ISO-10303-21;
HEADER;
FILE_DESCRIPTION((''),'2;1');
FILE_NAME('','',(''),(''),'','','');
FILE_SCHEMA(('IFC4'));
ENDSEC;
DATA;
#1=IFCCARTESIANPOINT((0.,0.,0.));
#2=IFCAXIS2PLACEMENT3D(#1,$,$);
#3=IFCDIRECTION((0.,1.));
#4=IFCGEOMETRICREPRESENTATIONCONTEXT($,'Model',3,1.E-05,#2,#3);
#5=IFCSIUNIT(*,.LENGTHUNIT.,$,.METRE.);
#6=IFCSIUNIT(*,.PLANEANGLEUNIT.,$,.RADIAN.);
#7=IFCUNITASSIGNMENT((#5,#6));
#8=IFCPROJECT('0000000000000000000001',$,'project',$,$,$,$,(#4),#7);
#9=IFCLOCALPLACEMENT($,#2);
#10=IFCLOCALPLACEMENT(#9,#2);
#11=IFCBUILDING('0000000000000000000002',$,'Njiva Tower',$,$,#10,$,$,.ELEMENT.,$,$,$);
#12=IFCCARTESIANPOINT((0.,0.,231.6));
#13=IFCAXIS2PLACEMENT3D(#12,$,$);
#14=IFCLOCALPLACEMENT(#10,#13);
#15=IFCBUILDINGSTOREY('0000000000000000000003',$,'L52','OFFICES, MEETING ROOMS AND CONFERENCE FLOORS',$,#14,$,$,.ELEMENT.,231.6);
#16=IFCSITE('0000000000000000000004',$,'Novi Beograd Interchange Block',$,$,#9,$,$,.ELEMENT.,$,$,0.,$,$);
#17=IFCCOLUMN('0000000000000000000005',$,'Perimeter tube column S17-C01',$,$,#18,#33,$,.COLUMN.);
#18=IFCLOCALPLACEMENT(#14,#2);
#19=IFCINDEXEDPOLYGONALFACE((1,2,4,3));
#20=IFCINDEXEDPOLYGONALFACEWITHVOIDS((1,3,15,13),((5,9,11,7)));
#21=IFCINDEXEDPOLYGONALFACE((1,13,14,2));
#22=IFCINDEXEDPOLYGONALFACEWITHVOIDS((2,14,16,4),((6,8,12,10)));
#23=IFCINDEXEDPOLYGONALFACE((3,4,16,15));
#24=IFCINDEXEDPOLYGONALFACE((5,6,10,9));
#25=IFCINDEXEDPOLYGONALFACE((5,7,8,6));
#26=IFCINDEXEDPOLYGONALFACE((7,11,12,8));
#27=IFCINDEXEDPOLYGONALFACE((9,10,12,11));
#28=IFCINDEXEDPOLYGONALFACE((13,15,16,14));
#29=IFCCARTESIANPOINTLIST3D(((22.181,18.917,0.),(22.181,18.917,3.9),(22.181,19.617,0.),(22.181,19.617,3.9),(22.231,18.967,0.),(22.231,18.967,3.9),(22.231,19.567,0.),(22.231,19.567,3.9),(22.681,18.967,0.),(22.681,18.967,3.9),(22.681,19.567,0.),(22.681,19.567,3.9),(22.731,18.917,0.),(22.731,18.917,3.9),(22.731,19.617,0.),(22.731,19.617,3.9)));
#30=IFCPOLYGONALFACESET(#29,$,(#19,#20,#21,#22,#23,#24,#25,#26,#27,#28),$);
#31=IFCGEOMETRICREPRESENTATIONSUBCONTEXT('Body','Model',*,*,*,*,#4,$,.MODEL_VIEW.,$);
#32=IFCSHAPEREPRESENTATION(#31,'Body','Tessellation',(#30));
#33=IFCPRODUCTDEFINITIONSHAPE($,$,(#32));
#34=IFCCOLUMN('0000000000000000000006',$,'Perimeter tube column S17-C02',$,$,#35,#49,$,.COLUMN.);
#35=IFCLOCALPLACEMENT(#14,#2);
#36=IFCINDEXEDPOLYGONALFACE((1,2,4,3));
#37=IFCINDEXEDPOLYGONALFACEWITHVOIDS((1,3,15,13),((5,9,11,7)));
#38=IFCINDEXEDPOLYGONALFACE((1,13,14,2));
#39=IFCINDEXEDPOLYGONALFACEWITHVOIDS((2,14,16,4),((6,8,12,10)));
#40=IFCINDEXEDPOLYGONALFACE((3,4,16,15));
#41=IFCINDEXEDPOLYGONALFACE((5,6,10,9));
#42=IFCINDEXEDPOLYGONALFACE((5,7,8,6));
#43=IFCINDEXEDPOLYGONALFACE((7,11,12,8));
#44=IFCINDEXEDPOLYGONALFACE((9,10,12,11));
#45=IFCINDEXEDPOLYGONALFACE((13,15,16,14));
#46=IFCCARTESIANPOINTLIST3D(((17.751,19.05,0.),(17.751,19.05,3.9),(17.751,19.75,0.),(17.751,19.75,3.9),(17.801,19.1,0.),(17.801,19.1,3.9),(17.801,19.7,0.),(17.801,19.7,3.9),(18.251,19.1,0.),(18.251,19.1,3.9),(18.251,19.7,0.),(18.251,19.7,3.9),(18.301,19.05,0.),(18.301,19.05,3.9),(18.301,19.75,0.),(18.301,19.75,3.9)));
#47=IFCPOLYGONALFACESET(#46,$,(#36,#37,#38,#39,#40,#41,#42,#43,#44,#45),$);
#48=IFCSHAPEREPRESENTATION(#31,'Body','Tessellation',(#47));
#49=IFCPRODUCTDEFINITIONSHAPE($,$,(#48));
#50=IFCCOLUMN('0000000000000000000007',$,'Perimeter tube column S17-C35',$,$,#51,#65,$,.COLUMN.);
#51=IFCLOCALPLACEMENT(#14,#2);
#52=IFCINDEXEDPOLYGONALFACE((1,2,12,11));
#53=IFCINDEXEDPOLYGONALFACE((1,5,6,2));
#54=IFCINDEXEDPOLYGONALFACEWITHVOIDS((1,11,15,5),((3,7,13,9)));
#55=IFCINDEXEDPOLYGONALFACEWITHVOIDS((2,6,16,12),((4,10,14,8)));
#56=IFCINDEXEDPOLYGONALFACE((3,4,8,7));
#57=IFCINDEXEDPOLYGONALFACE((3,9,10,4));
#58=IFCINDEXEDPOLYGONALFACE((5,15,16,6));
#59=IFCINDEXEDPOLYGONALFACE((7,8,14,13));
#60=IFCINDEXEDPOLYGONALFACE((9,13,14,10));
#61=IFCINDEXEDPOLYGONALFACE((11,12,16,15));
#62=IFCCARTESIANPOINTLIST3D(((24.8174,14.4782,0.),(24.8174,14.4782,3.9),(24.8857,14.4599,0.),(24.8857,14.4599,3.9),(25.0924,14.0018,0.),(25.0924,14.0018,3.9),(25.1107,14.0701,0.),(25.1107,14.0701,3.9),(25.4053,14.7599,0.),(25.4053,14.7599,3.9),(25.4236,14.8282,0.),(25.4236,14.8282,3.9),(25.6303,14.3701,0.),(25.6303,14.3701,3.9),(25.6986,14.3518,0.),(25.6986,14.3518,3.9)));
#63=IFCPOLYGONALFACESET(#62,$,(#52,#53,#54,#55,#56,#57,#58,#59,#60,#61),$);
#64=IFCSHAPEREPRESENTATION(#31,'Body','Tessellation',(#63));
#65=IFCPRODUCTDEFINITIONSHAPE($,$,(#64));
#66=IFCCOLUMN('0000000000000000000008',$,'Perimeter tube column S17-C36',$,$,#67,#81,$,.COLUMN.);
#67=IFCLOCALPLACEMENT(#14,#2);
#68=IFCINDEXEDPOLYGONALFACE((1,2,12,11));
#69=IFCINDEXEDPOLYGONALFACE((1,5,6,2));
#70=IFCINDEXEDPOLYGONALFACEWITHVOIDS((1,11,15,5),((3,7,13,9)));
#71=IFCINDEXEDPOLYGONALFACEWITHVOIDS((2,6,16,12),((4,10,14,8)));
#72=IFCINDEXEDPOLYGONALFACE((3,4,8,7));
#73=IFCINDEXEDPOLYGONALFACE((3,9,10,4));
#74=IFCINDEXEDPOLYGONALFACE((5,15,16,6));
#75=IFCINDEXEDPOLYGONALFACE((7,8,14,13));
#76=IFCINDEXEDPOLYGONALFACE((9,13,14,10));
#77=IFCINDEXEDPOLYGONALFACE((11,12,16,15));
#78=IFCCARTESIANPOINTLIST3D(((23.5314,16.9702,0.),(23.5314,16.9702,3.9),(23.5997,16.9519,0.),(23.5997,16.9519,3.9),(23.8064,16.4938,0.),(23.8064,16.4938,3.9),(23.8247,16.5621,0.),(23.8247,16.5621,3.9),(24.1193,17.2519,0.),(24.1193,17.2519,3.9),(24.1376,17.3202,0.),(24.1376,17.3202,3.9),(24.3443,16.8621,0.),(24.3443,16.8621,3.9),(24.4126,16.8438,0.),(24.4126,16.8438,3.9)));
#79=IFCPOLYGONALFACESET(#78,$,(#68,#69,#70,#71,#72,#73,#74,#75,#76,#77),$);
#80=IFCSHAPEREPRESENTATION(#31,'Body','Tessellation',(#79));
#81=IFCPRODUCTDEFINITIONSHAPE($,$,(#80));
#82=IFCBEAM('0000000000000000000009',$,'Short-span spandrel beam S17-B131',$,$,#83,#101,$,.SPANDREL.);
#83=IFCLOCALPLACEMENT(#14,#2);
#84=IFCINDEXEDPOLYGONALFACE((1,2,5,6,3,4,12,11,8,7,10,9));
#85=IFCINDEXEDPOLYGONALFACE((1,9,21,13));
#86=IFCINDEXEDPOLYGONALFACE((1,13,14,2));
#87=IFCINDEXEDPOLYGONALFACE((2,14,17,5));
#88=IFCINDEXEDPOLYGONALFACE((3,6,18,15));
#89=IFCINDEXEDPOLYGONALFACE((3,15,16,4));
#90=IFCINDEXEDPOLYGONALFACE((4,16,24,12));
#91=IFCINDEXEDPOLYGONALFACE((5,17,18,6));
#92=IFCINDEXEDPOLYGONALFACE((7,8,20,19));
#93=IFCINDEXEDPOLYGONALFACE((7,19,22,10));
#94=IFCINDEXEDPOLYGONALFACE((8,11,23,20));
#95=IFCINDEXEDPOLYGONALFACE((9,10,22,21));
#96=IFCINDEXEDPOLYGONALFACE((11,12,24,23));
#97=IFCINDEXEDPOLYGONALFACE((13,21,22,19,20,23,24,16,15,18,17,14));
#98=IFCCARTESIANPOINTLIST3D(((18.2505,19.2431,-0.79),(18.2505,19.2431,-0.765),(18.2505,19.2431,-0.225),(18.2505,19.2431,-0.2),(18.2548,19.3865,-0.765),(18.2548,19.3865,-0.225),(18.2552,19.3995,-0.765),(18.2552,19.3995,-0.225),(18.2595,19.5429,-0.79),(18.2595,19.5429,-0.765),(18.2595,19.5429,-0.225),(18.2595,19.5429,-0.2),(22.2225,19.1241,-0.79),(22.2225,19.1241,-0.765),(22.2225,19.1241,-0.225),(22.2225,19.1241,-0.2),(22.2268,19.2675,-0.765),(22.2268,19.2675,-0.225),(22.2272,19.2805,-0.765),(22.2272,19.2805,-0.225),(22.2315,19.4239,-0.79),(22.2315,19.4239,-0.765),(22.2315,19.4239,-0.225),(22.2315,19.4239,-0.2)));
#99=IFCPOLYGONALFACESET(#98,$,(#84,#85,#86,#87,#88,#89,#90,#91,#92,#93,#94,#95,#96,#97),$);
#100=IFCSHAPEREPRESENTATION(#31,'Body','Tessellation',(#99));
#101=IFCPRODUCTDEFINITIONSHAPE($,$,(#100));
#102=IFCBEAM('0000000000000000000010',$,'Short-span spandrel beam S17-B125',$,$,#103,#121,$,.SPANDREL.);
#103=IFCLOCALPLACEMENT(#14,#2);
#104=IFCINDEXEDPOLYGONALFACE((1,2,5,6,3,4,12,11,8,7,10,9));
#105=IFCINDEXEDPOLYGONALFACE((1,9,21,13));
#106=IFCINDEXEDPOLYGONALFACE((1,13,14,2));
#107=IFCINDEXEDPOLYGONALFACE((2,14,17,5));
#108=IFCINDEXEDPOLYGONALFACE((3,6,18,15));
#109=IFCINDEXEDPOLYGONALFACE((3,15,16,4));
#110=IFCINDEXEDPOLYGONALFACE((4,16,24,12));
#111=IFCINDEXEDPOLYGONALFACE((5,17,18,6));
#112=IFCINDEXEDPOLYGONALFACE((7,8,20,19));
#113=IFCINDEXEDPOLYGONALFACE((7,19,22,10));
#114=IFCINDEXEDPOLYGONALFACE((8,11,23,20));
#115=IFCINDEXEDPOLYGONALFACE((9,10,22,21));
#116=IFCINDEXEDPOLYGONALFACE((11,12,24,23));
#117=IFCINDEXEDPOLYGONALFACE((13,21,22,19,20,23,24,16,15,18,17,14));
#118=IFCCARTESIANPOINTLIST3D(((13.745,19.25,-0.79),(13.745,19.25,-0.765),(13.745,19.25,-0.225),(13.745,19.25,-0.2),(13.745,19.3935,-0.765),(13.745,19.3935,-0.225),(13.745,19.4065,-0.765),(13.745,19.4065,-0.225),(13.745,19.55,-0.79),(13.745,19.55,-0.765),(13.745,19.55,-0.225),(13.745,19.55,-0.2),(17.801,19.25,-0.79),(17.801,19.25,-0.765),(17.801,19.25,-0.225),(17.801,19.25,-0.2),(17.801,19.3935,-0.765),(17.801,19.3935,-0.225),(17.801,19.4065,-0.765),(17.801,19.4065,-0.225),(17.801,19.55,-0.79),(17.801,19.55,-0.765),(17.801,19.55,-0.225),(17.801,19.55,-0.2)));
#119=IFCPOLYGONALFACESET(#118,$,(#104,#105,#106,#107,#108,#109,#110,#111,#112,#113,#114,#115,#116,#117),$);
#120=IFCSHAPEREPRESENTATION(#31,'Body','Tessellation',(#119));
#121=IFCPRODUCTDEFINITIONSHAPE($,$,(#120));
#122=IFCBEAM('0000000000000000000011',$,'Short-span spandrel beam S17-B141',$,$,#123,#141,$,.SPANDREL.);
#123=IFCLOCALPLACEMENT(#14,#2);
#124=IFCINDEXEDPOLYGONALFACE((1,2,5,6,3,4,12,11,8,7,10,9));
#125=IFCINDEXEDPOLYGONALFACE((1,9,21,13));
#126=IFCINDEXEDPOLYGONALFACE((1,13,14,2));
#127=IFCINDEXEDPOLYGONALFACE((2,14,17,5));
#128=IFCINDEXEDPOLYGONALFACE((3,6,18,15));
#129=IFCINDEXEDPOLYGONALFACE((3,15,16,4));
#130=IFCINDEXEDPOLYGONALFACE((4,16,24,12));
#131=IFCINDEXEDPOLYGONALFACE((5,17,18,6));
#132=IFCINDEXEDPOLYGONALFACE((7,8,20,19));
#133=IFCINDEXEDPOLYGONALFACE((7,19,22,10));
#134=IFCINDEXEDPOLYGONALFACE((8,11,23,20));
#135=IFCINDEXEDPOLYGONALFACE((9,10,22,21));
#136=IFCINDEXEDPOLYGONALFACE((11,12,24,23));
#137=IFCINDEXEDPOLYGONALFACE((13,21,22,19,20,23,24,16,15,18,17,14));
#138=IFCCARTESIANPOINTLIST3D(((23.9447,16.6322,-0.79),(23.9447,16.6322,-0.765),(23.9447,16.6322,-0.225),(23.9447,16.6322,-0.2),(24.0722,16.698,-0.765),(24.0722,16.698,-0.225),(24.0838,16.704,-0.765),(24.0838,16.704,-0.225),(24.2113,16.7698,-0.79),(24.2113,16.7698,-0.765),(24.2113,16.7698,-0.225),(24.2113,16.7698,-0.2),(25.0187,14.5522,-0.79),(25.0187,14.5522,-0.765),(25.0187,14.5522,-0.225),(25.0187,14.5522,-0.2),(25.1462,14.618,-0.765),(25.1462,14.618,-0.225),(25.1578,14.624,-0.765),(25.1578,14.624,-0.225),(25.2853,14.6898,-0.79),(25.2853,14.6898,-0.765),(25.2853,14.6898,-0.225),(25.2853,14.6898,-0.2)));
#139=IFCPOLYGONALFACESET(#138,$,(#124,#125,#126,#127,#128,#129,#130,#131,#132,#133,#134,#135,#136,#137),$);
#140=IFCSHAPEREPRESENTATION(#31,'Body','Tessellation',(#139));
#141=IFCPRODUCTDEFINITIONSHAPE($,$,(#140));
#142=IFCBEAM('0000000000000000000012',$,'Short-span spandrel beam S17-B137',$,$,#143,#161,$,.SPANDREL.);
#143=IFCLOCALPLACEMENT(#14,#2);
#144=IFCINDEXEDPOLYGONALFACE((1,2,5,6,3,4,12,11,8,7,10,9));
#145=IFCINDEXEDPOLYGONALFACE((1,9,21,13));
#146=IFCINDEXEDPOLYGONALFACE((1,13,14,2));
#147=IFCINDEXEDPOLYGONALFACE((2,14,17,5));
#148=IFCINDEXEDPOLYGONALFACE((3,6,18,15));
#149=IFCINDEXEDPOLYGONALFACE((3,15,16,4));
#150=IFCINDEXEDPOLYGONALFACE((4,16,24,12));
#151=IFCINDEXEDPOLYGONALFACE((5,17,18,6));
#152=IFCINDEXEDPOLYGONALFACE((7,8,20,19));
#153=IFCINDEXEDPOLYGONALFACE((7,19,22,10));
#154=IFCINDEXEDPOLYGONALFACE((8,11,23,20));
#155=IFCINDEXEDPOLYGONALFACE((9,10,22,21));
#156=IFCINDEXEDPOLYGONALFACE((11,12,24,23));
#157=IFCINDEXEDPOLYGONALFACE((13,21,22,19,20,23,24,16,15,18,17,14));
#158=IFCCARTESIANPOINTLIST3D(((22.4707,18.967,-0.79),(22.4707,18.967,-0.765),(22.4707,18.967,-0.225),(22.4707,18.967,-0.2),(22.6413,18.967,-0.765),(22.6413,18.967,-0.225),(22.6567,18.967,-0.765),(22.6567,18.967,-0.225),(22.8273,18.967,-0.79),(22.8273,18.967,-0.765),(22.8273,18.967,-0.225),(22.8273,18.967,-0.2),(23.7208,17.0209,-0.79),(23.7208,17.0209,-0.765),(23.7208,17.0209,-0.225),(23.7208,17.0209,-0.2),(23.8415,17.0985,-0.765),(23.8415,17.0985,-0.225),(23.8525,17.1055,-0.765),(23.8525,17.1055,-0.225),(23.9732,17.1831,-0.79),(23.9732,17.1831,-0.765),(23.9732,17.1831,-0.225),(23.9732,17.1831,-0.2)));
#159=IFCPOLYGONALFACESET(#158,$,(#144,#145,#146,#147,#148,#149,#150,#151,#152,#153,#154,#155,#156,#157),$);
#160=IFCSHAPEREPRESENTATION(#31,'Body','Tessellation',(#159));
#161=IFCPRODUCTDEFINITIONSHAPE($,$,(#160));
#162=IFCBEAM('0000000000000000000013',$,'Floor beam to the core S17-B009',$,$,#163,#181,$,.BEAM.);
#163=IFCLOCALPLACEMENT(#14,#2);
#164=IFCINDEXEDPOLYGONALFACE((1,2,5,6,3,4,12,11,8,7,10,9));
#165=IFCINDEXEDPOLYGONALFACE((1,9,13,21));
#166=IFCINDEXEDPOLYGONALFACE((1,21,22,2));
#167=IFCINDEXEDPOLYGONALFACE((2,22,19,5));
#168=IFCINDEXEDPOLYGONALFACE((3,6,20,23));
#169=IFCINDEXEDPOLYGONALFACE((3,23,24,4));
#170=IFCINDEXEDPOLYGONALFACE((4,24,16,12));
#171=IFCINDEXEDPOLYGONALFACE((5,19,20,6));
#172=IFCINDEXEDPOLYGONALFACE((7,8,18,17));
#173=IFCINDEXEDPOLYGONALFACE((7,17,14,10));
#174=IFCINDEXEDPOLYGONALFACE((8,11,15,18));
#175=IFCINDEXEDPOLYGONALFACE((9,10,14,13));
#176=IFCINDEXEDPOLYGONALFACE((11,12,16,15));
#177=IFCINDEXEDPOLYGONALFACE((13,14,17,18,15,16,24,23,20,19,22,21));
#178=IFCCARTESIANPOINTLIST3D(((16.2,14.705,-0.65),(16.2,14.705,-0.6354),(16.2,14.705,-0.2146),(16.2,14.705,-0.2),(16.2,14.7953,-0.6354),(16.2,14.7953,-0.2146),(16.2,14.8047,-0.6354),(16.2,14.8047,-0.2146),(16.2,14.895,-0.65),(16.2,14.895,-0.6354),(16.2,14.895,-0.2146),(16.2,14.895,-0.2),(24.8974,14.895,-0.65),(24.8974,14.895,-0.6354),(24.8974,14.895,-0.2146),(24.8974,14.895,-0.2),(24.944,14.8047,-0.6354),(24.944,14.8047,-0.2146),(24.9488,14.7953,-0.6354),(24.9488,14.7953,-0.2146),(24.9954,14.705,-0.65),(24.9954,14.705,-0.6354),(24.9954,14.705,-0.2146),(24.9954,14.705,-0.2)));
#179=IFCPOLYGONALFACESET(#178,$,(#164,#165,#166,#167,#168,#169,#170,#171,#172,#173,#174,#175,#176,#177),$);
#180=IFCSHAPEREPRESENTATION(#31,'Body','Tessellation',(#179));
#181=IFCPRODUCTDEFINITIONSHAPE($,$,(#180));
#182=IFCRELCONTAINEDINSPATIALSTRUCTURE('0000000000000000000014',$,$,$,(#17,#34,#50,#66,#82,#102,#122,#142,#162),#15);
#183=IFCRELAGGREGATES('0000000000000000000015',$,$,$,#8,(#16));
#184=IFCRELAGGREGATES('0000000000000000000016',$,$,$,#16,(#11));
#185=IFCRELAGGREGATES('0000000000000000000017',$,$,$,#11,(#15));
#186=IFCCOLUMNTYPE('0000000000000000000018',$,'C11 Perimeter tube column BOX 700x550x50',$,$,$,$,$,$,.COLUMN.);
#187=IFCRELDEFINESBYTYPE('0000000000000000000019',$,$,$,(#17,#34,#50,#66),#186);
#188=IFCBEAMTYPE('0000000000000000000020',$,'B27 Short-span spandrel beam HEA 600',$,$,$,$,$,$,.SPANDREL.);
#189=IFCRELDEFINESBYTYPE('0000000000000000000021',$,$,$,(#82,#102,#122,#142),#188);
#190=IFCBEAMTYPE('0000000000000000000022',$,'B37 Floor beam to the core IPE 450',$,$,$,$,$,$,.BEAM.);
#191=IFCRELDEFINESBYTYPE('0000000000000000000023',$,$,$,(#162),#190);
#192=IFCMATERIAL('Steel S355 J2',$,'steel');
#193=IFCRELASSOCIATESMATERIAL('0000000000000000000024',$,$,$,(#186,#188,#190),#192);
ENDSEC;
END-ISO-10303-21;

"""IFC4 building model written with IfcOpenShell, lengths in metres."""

from ifc_helpers import new_model, si_unit, direction, frame, origin, origin_2d, place, context, subcontext, project, spatial, hollow_rectangle, i_section, extrude, clip, halfspace, material, material_profile, profile_set, type_object, element, save


model = new_model("IFC4")

# Units and contexts
model_context = context("Model", 3, precision=1e-05, world=origin(), true_north=direction((0.0, 1.0)))
body_context = subcontext(model_context, "Body", "Model", "MODEL_VIEW")
ifc_project = project(units=[si_unit("LENGTHUNIT", "METRE"), si_unit("PLANEANGLEUNIT", "RADIAN")], contexts=[model_context])

# Site, building, storey
site_placement = place(None, origin())
site = spatial("IfcSite", under=ifc_project, at=site_placement, Name="Novi Beograd Interchange Block", CompositionType="ELEMENT", RefElevation=0.0)
building_placement = place(site_placement, origin())
building = spatial("IfcBuilding", under=site, at=building_placement, Name="Njiva Tower", CompositionType="ELEMENT")
storey_placement = place(building_placement, frame((0.0, 0.0, 231.6)))
storey = spatial("IfcBuildingStorey", under=building, at=storey_placement, Name="L52", Description="OFFICES, MEETING ROOMS AND CONFERENCE FLOORS", CompositionType="ELEMENT", Elevation=231.6)

# Columns
ifc_material_1 = material(Name="Steel S355 J2", Category="steel")
ifc_material_profile_1 = material_profile(ifc_material_1, hollow_rectangle(XDim=0.55, YDim=0.7, WallThickness=0.05, at=origin_2d()), Name="BOX 700x550x50")
ifc_profile_set_1 = profile_set([ifc_material_profile_1], Name="Steel S355 J2")
column_type = type_object("IfcColumnType", Name="C11 Perimeter tube column BOX 700x550x50", PredefinedType="COLUMN", material=ifc_profile_set_1)
for number, where, z_axis, x_axis, name in (
    (1, (22.456, 19.267, 0.0), (0.0, 0.0, 1.0), (-1.0, 0.0, 0.0), "Perimeter tube column S17-C01"),
    (2, (18.026, 19.4, 0.0), (0.0, 0.0, 1.0), (-1.0, 0.0, 0.0), "Perimeter tube column S17-C02"),
    (3, (25.258, 14.415, 0.0), (0.0, 0.0, 1.0), (-0.5, 0.866025, 0.0), "Perimeter tube column S17-C35"),
    (4, (23.972, 16.907, 0.0), (0.0, 0.0, 1.0), (-0.5, 0.866025, 0.0), "Perimeter tube column S17-C36"),
):
    element("IfcColumn", number, at=place(storey_placement, frame(where, z_axis=z_axis, x_axis=x_axis)), inside=storey, type_object=column_type, Name=name, PredefinedType="COLUMN", context=body_context, shape_type="SweptSolid", body=[
        extrude(hollow_rectangle(XDim=0.55, YDim=0.7, WallThickness=0.05, at=origin_2d()), origin(), (0.0, 0.0, 1.0), 3.9),
    ])

# Beams
ifc_material_profile_2 = material_profile(ifc_material_1, i_section(OverallWidth=0.3, OverallDepth=0.59, WebThickness=0.013, FlangeThickness=0.025, at=origin_2d()), Name="HEA 600")
ifc_profile_set_2 = profile_set([ifc_material_profile_2], Name="Steel S355 J2")
beam_type_1 = type_object("IfcBeamType", Name="B27 Short-span spandrel beam HEA 600", PredefinedType="SPANDREL", material=ifc_profile_set_2)
beam_1_placement = place(storey_placement, frame((22.227, 19.274, -0.495), z_axis=(-0.999552, 0.029946, 0.0), x_axis=(-0.029946, -0.999552, 0.0)))
element("IfcBeam", 5, at=beam_1_placement, inside=storey, type_object=beam_type_1, Name="Short-span spandrel beam S17-B131", PredefinedType="SPANDREL", context=body_context, shape_type="SweptSolid", body=[
    extrude(i_section(OverallWidth=0.3, OverallDepth=0.59, WebThickness=0.013, FlangeThickness=0.025, at=origin_2d()), origin(), (0.0, 0.0, 1.0), 3.9738),
])
beam_2_placement = place(storey_placement, frame((17.801, 19.4, -0.495), z_axis=(-1.0, 0.0, 0.0), x_axis=(0.0, -1.0, 0.0)))
element("IfcBeam", 6, at=beam_2_placement, inside=storey, type_object=beam_type_1, Name="Short-span spandrel beam S17-B125", PredefinedType="SPANDREL", context=body_context, shape_type="SweptSolid", body=[
    extrude(i_section(OverallWidth=0.3, OverallDepth=0.59, WebThickness=0.013, FlangeThickness=0.025, at=origin_2d()), origin(), (0.0, 0.0, 1.0), 4.056),
])
beam_3_placement = place(storey_placement, frame((25.152, 14.621, -0.495), z_axis=(-0.458795, 0.888542, 0.0), x_axis=(-0.888542, -0.458795, 0.0)))
element("IfcBeam", 7, at=beam_3_placement, inside=storey, type_object=beam_type_1, Name="Short-span spandrel beam S17-B141", PredefinedType="SPANDREL", context=body_context, shape_type="SweptSolid", body=[
    extrude(i_section(OverallWidth=0.3, OverallDepth=0.59, WebThickness=0.013, FlangeThickness=0.025, at=origin_2d()), origin(), (0.0, 0.0, 1.0), 2.3409),
])
beam_4_placement = place(storey_placement, frame((23.847, 17.102, -0.495), z_axis=(-0.540461, 0.841369, 0.0), x_axis=(-0.841369, -0.540461, 0.0)))
element("IfcBeam", 8, at=beam_4_placement, inside=storey, type_object=beam_type_1, Name="Short-span spandrel beam S17-B137", PredefinedType="SPANDREL", context=body_context, shape_type="Clipping", body=[
    clip(extrude(i_section(OverallWidth=0.3, OverallDepth=0.59, WebThickness=0.013, FlangeThickness=0.025, at=origin_2d()), origin(), (0.0, 0.0, 1.0), 2.3326), halfspace(frame((-0.027, 0.0, 2.1993), z_axis=(-0.540461, 0.0, 0.841369), x_axis=(0.0, 1.0, 0.0)), False)),
])
ifc_material_profile_3 = material_profile(ifc_material_1, i_section(OverallWidth=0.19, OverallDepth=0.45, WebThickness=0.0094, FlangeThickness=0.0146, at=origin_2d()), Name="IPE 450")
ifc_profile_set_3 = profile_set([ifc_material_profile_3], Name="Steel S355 J2")
beam_type_2 = type_object("IfcBeamType", Name="B37 Floor beam to the core IPE 450", PredefinedType="BEAM", material=ifc_profile_set_3)
beam_5_placement = place(storey_placement, frame((16.2, 14.8, -0.425), z_axis=(1.0, 0.0, 0.0), x_axis=(0.0, 1.0, 0.0)))
element("IfcBeam", 9, at=beam_5_placement, inside=storey, type_object=beam_type_2, Name="Floor beam to the core S17-B009", PredefinedType="BEAM", context=body_context, shape_type="Clipping", body=[
    clip(extrude(i_section(OverallWidth=0.19, OverallDepth=0.45, WebThickness=0.0094, FlangeThickness=0.0146, at=origin_2d()), origin(), (0.0, 0.0, 1.0), 8.815), halfspace(frame((0.0229, 0.0, 8.7346), z_axis=(0.458331, 0.0, 0.888782), x_axis=(0.0, 1.0, 0.0)), False)),
])

save(model, "model.ifc")
